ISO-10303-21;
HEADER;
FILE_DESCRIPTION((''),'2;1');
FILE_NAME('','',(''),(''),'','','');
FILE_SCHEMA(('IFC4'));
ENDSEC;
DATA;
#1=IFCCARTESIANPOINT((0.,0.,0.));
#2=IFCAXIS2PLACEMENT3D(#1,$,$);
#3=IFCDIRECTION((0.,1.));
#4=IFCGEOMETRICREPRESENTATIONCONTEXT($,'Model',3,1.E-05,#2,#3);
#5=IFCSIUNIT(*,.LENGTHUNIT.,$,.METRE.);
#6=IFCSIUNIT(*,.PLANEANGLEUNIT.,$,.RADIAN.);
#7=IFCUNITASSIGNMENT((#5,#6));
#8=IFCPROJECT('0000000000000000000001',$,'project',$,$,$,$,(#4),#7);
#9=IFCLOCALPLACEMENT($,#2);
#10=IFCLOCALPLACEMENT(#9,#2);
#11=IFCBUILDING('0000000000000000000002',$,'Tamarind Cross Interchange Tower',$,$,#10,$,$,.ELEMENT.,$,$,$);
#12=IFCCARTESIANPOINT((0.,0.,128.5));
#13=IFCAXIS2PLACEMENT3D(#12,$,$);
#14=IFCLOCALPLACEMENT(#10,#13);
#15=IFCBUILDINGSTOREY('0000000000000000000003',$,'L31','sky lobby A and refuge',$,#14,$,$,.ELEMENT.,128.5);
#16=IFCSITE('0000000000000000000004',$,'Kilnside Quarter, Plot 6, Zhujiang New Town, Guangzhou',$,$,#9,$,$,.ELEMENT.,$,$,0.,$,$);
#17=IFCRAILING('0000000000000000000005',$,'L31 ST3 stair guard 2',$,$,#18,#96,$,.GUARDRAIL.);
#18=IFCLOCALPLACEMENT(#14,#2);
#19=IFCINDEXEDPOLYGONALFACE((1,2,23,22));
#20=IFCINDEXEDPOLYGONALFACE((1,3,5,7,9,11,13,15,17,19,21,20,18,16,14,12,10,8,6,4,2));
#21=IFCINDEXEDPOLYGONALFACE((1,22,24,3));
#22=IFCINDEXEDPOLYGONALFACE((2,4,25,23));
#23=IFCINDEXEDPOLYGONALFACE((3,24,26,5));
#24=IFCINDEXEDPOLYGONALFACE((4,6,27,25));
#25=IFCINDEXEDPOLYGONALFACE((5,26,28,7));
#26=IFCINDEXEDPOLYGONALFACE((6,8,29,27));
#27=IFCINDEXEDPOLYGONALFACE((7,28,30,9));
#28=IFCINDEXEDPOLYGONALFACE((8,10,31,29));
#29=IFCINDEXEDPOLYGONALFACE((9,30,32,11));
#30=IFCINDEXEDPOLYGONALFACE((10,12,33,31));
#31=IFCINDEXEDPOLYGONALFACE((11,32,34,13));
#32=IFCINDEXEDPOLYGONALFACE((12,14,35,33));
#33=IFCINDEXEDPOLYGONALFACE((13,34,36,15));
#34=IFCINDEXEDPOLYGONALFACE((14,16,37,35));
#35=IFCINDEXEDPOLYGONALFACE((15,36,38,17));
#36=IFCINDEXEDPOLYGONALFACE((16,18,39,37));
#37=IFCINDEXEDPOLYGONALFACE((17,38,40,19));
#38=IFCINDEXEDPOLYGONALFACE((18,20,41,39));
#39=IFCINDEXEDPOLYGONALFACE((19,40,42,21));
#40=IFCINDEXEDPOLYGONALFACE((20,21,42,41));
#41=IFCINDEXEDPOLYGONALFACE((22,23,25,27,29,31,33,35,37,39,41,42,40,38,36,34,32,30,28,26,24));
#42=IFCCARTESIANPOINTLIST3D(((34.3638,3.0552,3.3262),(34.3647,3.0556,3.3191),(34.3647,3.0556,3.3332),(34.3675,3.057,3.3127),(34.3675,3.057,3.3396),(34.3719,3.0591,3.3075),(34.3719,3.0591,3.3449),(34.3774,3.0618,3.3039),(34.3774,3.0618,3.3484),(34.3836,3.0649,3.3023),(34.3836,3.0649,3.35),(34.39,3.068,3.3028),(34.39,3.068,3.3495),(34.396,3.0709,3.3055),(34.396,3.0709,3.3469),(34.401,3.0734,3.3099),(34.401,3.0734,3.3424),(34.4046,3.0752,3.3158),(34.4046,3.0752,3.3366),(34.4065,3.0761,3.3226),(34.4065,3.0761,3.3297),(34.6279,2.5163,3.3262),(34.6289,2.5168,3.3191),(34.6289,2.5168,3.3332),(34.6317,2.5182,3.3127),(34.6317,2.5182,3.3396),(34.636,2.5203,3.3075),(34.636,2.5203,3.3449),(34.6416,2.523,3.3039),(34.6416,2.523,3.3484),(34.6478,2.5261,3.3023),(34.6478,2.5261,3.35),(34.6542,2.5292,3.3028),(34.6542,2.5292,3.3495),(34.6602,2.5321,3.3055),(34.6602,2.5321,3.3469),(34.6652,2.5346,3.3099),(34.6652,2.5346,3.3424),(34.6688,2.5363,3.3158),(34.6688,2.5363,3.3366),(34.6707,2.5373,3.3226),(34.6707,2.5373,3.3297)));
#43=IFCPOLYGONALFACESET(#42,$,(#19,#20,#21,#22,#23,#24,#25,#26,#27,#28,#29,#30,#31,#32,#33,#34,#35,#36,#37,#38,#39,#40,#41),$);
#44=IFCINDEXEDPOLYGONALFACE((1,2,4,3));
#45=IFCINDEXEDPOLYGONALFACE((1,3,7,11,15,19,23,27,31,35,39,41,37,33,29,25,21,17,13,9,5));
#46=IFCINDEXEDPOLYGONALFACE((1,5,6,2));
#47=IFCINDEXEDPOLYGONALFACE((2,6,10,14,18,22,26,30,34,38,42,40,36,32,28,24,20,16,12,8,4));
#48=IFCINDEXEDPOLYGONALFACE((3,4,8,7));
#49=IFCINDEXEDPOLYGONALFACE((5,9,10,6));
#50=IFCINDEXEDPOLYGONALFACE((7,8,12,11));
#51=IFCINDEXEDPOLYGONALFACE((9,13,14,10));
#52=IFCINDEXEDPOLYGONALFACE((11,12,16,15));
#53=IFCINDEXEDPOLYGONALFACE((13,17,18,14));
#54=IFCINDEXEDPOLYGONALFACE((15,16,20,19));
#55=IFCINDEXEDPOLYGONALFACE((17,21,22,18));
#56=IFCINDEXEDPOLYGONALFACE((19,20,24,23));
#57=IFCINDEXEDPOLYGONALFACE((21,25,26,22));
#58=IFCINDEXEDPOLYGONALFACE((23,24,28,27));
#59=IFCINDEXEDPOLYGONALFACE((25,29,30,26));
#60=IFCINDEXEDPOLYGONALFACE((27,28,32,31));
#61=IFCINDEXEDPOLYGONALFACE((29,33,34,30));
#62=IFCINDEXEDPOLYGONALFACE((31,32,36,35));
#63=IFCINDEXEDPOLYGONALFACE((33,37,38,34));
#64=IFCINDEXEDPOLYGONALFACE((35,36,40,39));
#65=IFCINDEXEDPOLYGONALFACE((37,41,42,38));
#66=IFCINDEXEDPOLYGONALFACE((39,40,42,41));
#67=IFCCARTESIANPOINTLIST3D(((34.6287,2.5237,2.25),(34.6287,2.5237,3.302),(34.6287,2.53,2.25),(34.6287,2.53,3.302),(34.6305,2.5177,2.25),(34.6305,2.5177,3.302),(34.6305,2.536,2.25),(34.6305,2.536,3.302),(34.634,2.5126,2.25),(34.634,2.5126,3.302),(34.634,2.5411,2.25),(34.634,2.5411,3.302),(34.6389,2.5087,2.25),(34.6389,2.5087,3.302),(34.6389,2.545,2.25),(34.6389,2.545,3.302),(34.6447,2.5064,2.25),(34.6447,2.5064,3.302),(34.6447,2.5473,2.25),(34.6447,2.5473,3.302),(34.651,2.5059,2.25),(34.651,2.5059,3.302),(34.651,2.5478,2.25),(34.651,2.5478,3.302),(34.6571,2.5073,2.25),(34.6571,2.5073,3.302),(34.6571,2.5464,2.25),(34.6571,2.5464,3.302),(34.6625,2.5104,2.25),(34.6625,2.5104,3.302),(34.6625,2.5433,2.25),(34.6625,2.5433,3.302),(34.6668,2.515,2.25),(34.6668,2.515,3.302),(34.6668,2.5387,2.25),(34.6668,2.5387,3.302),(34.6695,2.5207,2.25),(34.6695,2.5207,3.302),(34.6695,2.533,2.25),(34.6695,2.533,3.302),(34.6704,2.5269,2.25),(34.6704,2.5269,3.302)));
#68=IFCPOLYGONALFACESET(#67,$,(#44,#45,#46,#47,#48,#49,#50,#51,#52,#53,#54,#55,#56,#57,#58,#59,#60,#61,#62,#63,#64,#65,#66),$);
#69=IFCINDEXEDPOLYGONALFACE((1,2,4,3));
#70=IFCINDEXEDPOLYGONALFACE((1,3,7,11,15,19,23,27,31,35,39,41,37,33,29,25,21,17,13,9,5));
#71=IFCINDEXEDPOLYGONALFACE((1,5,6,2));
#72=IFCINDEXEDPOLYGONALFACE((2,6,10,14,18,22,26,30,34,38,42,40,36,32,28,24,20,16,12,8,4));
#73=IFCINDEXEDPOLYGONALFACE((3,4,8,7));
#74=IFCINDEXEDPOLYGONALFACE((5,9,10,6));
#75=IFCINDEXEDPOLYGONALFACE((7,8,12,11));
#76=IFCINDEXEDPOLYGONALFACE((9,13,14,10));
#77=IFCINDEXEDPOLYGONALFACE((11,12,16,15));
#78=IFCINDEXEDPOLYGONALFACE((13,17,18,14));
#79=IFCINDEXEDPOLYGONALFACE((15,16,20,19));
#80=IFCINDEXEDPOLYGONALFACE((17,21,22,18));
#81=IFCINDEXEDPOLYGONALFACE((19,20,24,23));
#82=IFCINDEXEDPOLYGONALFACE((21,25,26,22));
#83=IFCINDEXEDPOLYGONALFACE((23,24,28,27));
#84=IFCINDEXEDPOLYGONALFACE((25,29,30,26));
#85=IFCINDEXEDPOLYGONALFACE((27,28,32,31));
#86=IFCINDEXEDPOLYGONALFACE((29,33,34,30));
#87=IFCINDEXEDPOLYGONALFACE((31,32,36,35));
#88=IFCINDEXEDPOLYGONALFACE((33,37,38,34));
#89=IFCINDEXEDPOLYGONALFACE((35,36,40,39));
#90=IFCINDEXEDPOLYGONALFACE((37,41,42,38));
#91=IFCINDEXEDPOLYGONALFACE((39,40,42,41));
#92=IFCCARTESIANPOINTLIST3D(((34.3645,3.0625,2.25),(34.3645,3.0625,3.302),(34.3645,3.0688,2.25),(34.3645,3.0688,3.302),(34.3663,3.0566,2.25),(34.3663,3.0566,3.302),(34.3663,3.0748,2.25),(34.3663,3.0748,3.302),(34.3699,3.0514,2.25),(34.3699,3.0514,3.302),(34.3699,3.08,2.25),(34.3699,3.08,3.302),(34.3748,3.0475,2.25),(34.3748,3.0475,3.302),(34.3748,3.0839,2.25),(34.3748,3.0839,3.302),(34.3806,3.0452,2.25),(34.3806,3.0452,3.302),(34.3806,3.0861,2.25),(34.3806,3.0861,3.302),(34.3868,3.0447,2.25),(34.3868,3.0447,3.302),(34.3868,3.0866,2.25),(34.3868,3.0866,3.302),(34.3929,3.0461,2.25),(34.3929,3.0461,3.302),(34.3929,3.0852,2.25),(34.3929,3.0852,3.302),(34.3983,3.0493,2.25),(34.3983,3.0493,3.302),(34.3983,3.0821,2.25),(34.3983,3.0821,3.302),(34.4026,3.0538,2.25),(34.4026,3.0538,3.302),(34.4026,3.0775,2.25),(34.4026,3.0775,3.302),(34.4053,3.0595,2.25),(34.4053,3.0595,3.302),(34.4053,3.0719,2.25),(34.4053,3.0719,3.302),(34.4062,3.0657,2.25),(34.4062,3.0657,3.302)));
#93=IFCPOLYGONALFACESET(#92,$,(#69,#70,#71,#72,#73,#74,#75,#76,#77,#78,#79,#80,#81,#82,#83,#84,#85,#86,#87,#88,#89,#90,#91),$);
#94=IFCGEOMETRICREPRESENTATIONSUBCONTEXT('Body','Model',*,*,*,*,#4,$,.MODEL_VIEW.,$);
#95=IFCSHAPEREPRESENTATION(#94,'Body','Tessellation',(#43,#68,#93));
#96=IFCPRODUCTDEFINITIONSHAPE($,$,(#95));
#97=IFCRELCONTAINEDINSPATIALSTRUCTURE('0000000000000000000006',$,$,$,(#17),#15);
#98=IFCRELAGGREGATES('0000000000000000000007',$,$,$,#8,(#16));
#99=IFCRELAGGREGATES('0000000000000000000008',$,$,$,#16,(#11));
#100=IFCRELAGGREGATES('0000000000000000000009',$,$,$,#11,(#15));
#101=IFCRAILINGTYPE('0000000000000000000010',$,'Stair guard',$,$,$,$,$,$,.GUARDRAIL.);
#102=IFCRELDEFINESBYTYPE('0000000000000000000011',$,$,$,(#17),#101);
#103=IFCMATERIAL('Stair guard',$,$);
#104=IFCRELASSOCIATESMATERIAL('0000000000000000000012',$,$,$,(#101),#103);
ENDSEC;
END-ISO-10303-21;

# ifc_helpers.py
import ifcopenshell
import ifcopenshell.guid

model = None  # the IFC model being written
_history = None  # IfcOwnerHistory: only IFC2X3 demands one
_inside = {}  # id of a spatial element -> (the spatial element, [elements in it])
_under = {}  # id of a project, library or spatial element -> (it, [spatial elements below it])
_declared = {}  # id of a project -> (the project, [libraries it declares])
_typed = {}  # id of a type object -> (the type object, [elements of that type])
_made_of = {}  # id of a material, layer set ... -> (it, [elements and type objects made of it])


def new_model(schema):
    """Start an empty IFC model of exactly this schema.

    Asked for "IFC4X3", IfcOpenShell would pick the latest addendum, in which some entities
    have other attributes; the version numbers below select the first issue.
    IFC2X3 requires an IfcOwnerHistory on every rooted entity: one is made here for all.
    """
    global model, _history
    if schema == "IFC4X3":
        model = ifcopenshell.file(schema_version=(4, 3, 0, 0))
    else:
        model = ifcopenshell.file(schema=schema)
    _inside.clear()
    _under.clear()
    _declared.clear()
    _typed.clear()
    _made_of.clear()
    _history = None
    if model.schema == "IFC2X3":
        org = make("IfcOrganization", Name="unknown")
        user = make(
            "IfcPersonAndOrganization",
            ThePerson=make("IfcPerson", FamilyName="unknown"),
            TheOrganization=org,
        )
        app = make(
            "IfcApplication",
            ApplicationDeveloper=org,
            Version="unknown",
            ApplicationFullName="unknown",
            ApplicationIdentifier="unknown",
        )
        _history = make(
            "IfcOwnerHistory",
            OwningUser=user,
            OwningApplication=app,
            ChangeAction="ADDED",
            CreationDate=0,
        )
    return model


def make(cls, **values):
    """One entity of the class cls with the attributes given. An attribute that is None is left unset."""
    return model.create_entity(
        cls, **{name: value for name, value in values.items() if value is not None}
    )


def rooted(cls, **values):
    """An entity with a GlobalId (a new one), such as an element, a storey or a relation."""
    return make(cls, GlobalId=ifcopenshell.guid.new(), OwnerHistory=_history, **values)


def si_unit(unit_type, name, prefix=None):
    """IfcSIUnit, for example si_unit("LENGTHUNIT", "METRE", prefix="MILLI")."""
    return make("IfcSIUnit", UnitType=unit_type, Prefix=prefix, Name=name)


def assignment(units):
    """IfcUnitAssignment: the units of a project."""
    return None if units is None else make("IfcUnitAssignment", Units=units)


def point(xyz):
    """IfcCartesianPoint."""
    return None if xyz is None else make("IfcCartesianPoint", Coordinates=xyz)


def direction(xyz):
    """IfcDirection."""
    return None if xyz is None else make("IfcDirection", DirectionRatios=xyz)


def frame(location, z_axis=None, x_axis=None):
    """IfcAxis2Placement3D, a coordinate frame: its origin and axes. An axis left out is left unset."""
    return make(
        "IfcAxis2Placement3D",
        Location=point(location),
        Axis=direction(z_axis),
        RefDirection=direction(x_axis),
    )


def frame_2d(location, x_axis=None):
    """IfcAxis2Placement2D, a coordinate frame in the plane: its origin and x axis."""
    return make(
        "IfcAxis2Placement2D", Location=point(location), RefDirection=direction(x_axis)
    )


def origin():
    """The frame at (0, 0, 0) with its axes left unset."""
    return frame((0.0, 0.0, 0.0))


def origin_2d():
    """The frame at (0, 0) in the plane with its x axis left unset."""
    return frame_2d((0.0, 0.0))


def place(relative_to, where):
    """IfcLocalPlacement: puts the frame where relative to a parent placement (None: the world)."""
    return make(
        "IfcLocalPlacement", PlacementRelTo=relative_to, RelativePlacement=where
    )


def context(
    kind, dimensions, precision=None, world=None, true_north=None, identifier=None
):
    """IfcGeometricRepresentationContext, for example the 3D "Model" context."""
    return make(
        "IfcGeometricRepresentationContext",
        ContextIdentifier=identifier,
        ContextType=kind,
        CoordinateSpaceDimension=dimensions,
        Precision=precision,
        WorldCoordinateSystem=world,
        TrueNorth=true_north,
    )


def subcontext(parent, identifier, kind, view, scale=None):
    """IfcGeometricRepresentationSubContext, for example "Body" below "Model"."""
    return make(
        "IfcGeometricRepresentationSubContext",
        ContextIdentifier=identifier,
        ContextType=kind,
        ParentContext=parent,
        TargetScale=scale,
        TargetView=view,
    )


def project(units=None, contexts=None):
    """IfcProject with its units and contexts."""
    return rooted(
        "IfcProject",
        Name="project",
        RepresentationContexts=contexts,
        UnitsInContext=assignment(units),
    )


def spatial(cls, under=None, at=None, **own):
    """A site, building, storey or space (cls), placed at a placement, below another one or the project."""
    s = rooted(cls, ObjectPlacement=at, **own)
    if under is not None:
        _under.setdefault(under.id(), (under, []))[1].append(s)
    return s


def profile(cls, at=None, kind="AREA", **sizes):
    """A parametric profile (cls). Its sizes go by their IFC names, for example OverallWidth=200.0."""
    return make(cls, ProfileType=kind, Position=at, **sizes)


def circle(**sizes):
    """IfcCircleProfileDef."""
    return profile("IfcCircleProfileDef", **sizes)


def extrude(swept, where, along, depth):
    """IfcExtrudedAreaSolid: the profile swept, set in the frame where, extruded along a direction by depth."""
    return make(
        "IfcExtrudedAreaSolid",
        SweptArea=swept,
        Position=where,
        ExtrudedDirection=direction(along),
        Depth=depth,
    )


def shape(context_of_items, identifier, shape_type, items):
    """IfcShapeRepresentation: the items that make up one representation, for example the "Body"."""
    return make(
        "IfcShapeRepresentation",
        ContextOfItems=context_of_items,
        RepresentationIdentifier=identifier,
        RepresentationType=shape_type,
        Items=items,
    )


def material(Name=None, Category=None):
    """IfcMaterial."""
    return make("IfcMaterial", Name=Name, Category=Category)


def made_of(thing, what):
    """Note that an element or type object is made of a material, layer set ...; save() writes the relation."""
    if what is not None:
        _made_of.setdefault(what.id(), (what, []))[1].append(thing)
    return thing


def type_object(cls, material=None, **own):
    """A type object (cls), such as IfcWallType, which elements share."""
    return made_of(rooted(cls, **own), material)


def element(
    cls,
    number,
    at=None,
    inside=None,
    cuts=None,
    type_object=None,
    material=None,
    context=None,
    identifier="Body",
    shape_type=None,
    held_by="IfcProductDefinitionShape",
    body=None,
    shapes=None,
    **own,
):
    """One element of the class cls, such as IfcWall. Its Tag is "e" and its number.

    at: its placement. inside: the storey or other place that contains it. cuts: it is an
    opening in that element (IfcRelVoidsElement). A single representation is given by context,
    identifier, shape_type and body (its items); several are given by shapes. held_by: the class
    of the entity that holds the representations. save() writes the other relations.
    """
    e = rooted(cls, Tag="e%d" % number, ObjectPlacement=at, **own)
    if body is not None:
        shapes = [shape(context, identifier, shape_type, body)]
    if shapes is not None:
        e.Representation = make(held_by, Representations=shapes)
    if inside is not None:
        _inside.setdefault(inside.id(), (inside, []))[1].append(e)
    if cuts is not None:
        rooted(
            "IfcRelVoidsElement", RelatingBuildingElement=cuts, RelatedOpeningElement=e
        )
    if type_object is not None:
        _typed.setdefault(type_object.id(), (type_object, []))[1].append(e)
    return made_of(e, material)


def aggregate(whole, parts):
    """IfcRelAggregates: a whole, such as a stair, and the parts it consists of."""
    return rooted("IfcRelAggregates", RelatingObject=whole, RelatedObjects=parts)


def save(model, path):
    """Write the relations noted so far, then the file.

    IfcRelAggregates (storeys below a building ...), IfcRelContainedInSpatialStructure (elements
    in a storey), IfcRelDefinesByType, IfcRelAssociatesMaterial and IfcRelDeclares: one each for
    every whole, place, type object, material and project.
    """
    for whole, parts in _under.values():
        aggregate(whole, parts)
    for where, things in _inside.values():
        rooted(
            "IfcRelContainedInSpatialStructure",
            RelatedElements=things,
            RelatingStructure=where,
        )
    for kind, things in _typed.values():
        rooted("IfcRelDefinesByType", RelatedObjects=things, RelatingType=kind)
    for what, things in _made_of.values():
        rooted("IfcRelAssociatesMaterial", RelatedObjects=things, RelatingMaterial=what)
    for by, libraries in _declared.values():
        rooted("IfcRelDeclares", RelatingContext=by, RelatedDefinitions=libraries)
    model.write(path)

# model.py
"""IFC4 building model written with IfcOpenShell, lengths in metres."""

from ifc_helpers import new_model, si_unit, direction, frame, origin, origin_2d, place, context, subcontext, project, spatial, circle, extrude, material, type_object, element, save


model = new_model("IFC4")

# Units and contexts
model_context = context("Model", 3, precision=1e-05, world=origin(), true_north=direction((0.0, 1.0)))
body_context = subcontext(model_context, "Body", "Model", "MODEL_VIEW")
ifc_project = project(units=[si_unit("LENGTHUNIT", "METRE"), si_unit("PLANEANGLEUNIT", "RADIAN")], contexts=[model_context])

# Site, building, storey
site_placement = place(None, origin())
site = spatial("IfcSite", under=ifc_project, at=site_placement, Name="Kilnside Quarter, Plot 6, Zhujiang New Town, Guangzhou", CompositionType="ELEMENT", RefElevation=0.0)
building_placement = place(site_placement, origin())
building = spatial("IfcBuilding", under=site, at=building_placement, Name="Tamarind Cross Interchange Tower", CompositionType="ELEMENT")
storey_placement = place(building_placement, frame((0.0, 0.0, 128.5)))
storey = spatial("IfcBuildingStorey", under=building, at=storey_placement, Name="L31", Description="sky lobby A and refuge", CompositionType="ELEMENT", Elevation=128.5)

# Railing
ifc_material_1 = material(Name="Stair guard")
railing_type_1 = type_object("IfcRailingType", Name="Stair guard", PredefinedType="GUARDRAIL", material=ifc_material_1)
railing_1_placement = place(storey_placement, frame((34.6494, 2.5269, 2.25)))
element("IfcRailing", 1, at=railing_1_placement, inside=storey, type_object=railing_type_1, Name="L31 ST3 stair guard 2", PredefinedType="GUARDRAIL", context=body_context, shape_type="SweptSolid", body=[
    extrude(circle(Radius=0.0239, at=origin_2d()), frame((0.0, 0.0, 1.0762), z_axis=(-0.440202, 0.897899, 0.0), x_axis=(-0.897899, -0.440202, 0.0)), (0.0, 0.0, 1.0), 0.6001),
    extrude(circle(Radius=0.021, at=origin_2d()), origin(), (0.0, 0.0, 1.0), 1.052),
    extrude(circle(Radius=0.021, at=origin_2d()), frame((-0.2642, 0.5388, 0.0)), (0.0, 0.0, 1.0), 1.052),
])

save(model, "model.ifc")
